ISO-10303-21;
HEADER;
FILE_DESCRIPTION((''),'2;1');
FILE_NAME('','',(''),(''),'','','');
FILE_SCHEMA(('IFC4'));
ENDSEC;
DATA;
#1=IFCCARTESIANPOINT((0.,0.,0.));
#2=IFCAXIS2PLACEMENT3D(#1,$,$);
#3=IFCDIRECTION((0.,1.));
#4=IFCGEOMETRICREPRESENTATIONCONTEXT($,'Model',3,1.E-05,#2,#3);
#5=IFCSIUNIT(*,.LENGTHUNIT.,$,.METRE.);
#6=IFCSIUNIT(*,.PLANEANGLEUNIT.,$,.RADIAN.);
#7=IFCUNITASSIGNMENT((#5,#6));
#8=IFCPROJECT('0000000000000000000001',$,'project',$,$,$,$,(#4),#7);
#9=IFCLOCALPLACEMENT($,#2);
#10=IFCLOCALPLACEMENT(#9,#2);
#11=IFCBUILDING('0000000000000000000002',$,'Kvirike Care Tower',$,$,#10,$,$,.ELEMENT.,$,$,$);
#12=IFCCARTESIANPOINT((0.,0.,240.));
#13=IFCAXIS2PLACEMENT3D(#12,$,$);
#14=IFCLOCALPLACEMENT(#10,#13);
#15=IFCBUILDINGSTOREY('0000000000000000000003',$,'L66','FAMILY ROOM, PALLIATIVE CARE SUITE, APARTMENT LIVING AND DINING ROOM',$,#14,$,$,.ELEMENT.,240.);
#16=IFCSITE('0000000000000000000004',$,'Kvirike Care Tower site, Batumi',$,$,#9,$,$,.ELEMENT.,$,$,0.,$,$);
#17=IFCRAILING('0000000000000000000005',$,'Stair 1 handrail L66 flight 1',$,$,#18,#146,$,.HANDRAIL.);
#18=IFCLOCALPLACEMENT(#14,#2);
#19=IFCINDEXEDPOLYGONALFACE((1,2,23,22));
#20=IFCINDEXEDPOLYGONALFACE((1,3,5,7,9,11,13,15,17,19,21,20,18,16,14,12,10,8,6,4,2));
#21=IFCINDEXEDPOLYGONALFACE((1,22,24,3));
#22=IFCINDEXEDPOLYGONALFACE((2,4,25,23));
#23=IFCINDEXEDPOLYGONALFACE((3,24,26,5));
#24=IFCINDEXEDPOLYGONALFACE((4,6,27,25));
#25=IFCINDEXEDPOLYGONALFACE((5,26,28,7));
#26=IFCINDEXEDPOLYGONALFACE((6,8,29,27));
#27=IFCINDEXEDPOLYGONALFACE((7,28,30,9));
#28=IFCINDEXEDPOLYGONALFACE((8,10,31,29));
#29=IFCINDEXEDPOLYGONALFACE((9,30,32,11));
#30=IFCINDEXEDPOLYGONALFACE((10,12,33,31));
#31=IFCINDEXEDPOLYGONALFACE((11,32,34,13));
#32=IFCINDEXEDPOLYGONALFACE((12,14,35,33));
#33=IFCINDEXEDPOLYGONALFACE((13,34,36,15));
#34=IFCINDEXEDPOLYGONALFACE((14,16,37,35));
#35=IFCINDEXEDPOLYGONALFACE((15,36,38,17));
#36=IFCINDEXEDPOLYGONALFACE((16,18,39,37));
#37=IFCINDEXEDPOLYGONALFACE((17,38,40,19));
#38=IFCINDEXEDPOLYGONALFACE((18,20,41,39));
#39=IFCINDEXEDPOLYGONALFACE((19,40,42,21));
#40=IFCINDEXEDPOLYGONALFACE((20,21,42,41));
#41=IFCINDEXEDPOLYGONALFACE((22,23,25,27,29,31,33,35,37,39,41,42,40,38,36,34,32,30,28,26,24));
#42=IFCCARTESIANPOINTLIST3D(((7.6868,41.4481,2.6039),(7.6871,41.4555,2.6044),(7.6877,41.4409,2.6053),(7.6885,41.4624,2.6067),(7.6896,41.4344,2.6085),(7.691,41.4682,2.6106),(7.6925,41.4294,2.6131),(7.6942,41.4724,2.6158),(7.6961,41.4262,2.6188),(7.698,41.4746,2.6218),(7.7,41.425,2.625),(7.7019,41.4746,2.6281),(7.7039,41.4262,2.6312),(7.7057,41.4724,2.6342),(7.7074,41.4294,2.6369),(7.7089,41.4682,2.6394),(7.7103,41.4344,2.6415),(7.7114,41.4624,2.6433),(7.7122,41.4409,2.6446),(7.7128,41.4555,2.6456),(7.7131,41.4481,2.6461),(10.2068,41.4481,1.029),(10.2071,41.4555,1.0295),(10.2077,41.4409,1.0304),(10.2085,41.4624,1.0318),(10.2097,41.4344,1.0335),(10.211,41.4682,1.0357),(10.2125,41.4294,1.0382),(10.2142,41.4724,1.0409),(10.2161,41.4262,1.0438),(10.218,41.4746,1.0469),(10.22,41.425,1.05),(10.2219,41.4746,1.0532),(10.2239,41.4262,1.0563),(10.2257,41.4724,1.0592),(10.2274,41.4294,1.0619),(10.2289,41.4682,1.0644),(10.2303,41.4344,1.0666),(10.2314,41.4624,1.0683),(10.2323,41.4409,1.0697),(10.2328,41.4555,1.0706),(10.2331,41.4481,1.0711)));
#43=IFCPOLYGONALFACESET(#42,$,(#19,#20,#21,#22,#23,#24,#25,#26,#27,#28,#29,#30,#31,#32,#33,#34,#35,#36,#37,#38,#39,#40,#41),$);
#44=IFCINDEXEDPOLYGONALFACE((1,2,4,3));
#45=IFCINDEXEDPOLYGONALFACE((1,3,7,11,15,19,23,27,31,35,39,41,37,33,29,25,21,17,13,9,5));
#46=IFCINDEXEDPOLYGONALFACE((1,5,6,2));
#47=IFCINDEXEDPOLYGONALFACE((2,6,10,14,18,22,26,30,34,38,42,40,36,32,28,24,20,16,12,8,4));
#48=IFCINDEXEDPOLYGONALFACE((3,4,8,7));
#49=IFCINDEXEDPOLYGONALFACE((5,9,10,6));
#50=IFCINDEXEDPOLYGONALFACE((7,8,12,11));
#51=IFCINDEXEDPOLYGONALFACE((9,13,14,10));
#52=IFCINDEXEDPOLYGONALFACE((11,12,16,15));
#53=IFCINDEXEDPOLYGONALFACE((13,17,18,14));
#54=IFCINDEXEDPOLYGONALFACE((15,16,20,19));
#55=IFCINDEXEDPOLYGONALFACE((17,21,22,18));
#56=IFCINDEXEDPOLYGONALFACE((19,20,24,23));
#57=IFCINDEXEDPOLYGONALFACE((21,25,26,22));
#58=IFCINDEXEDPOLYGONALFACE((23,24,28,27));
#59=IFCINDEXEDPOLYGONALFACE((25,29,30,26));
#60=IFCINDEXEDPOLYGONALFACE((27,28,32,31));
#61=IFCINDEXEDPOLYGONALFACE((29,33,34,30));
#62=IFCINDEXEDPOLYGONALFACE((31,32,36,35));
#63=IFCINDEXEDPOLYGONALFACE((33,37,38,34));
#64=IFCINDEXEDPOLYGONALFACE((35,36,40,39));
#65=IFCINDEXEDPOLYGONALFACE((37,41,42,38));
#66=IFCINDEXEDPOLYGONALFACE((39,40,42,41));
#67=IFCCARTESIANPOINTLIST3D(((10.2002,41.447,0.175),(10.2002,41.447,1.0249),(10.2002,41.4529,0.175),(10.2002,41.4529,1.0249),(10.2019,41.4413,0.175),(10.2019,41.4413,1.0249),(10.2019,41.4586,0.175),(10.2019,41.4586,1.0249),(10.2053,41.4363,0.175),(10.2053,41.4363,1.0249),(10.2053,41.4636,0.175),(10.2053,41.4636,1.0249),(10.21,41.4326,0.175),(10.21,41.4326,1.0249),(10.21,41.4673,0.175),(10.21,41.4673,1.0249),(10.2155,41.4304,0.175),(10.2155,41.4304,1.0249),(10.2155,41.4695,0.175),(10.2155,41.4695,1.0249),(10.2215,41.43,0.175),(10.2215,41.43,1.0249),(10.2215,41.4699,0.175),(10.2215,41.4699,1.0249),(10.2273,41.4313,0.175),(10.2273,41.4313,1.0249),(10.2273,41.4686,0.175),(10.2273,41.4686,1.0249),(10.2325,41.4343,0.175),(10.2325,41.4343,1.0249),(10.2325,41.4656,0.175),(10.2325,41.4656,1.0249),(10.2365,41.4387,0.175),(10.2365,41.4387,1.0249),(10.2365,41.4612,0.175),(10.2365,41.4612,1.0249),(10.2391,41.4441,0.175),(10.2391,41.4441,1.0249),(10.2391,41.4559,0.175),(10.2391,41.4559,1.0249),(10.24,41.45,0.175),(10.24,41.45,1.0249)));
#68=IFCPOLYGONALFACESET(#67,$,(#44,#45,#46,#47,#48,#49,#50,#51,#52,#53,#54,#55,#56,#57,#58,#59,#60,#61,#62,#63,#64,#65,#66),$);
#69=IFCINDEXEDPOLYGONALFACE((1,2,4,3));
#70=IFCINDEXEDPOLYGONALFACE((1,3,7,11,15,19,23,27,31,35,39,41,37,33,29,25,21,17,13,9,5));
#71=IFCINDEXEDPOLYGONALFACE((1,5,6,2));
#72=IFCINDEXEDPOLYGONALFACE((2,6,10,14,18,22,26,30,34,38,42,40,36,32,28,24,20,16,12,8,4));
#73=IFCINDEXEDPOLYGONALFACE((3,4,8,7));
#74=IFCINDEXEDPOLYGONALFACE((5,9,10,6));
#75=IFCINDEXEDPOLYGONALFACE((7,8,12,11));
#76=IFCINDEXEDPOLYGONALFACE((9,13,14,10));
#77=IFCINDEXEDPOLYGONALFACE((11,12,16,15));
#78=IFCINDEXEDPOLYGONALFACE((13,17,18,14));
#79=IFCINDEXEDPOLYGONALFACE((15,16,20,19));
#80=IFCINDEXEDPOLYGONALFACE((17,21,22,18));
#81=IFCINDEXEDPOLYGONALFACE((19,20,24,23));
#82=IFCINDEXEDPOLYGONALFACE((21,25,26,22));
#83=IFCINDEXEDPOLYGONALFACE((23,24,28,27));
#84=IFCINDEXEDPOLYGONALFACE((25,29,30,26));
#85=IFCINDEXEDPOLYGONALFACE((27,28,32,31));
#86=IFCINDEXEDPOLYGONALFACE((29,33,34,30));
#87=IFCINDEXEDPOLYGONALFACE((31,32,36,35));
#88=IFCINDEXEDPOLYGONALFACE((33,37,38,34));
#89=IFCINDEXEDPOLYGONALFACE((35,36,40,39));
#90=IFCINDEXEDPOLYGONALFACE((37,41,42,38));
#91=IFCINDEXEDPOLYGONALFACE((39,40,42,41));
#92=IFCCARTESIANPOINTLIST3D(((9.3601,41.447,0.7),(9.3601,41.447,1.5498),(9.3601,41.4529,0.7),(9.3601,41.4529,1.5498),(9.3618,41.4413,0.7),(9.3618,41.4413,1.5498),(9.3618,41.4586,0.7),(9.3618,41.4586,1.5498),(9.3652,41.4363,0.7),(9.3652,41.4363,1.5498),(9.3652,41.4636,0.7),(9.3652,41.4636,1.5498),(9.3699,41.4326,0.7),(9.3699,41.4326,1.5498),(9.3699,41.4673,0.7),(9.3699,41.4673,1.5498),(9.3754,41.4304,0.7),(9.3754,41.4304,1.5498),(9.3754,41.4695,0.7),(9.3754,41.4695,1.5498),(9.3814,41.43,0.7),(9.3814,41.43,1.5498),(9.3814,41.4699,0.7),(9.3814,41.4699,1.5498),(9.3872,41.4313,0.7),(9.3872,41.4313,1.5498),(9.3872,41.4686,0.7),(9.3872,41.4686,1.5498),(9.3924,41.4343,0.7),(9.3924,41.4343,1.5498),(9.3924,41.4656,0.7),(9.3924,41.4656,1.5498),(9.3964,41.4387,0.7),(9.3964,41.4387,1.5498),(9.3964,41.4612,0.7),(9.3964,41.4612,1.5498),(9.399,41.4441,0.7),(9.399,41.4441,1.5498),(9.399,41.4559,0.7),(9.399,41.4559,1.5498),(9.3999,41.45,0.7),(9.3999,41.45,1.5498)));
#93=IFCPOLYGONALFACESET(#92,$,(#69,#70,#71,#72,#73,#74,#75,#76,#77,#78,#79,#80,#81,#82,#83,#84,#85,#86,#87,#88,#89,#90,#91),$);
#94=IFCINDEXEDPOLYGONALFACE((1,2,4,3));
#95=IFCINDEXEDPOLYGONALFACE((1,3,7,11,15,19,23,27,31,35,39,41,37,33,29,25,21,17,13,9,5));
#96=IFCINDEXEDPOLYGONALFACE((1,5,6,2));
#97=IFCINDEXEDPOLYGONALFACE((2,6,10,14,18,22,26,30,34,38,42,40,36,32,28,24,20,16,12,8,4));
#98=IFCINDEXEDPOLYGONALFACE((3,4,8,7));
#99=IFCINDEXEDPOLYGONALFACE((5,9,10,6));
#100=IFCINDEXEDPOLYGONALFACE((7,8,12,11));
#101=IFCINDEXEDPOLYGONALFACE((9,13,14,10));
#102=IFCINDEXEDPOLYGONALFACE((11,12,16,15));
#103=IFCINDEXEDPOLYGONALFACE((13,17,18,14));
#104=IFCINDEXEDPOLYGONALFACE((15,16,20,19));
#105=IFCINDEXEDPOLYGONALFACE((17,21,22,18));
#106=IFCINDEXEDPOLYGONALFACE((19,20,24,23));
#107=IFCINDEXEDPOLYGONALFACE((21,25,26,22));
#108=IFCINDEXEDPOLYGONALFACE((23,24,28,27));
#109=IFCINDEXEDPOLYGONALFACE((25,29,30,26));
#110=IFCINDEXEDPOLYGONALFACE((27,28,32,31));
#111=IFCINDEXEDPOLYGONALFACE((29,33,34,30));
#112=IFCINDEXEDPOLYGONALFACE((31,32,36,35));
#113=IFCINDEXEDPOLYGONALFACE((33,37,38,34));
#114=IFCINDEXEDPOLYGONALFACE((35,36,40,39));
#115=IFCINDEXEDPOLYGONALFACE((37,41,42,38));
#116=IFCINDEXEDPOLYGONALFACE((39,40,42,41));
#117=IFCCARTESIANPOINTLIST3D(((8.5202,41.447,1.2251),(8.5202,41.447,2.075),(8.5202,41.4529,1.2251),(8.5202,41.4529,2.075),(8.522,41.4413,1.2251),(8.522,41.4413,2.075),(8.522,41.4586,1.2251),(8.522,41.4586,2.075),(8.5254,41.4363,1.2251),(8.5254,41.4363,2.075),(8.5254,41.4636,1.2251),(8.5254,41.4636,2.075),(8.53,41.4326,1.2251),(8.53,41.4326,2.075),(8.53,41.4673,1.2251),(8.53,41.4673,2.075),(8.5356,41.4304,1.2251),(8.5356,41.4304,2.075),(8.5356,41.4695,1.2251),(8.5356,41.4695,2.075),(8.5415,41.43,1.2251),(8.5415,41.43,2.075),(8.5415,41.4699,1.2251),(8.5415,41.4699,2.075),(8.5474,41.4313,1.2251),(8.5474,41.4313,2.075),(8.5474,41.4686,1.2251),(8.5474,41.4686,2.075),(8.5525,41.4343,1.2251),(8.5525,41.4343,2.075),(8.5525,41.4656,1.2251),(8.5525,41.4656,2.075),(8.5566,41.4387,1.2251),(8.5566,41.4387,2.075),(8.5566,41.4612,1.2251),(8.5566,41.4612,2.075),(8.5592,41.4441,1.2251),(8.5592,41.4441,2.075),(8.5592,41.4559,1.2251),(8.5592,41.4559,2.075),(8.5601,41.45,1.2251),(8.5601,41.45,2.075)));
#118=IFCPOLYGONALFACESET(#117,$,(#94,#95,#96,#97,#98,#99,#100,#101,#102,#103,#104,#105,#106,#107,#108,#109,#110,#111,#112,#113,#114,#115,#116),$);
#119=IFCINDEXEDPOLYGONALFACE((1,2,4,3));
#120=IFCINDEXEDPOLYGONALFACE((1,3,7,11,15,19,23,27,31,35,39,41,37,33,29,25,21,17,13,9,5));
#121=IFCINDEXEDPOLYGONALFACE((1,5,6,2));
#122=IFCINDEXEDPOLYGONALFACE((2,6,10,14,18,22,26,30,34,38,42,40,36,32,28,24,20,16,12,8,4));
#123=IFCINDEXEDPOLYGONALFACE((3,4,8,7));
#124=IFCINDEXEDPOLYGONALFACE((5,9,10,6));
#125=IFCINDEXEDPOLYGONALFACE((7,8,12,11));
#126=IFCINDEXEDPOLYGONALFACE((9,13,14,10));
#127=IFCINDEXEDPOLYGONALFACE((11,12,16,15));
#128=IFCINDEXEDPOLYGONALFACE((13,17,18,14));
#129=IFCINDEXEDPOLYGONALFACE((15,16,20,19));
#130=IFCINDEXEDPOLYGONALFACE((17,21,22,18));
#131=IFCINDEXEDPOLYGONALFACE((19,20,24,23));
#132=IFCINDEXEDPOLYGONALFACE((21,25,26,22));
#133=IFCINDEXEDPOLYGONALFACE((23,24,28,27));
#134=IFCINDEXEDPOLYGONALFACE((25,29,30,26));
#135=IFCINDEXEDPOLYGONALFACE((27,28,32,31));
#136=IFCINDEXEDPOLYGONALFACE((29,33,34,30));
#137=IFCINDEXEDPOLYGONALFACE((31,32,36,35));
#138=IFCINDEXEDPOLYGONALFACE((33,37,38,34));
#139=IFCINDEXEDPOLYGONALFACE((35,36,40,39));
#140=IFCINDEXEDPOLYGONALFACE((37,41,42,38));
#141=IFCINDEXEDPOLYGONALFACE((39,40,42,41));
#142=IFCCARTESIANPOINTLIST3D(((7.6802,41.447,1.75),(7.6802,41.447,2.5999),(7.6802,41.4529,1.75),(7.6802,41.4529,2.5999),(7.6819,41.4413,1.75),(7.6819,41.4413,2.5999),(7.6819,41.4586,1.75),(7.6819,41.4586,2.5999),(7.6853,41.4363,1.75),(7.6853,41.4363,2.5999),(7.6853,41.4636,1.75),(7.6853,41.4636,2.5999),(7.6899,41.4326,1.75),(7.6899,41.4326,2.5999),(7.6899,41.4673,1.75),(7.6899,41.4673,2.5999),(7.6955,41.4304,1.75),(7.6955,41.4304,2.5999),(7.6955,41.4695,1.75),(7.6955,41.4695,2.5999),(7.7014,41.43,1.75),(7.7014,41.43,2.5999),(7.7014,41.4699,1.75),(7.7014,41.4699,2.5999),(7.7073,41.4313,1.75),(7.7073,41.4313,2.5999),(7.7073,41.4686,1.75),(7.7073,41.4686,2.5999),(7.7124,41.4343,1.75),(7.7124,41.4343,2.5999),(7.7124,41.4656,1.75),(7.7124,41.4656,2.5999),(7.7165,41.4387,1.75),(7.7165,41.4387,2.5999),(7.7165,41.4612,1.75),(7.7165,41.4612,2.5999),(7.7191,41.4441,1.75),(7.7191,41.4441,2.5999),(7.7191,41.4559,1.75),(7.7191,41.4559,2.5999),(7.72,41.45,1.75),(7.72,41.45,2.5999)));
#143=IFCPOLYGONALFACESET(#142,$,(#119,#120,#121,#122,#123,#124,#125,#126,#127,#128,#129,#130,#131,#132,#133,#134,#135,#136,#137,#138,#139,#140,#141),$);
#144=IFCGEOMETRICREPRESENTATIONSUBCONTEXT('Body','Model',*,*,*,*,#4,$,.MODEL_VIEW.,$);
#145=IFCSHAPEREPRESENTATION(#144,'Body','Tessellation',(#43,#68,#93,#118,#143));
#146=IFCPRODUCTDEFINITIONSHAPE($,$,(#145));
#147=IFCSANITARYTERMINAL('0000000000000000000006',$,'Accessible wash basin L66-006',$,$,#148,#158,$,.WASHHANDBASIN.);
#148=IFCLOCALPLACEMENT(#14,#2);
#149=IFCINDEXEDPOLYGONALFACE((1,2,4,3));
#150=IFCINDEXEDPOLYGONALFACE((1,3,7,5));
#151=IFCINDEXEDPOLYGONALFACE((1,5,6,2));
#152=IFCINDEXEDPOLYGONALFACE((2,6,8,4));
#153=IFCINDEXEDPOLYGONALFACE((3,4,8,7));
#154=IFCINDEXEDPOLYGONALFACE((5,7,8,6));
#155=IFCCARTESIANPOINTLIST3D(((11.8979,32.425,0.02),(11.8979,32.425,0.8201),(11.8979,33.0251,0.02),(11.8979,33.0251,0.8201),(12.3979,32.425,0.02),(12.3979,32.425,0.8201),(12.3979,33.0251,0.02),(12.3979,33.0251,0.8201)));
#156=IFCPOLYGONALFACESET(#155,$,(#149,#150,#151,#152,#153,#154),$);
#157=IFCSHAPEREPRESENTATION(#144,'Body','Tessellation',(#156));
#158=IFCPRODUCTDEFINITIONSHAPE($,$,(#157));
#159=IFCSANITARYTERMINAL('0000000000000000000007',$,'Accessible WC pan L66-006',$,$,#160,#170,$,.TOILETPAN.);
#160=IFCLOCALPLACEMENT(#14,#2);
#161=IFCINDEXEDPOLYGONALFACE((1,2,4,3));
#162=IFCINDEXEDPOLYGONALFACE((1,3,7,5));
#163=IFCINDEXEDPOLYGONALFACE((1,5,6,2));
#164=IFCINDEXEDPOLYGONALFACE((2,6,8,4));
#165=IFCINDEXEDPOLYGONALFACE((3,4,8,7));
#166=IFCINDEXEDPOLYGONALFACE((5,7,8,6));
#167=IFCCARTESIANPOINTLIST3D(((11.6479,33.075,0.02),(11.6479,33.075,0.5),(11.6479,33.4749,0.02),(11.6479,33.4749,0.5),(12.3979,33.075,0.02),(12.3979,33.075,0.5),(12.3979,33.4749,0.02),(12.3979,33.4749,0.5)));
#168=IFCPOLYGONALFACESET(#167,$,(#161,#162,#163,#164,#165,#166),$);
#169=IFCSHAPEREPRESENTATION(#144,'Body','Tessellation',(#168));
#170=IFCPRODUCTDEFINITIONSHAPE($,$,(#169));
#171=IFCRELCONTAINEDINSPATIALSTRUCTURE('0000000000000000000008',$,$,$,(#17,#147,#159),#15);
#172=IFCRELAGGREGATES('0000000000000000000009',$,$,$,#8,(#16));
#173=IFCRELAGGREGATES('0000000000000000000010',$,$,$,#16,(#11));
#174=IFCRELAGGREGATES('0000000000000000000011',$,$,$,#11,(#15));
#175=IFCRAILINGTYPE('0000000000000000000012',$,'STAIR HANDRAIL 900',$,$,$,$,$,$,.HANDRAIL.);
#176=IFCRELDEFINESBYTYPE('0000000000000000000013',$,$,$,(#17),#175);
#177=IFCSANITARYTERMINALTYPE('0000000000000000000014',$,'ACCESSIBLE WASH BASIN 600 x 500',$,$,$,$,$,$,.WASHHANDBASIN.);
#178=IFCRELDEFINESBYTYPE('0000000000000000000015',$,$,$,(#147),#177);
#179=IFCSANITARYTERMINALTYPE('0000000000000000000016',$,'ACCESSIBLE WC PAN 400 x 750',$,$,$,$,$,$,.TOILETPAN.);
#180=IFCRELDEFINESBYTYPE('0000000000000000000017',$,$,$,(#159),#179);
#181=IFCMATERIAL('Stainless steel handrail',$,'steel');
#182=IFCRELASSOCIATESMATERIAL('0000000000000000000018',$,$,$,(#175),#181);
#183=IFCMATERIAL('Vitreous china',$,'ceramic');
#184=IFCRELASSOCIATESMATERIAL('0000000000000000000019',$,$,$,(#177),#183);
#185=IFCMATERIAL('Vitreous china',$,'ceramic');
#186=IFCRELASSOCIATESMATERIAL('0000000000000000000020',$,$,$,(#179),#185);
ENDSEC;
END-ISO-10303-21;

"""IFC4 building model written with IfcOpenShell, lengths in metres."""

from ifc_helpers import new_model, si_unit, direction, frame, origin, origin_2d, place, context, subcontext, project, spatial, rectangle, circle, extrude, material, type_object, element, save


model = new_model("IFC4")

# Units and contexts
model_context = context("Model", 3, precision=1e-05, world=origin(), true_north=direction((0.0, 1.0)))
body_context = subcontext(model_context, "Body", "Model", "MODEL_VIEW")
ifc_project = project(units=[si_unit("LENGTHUNIT", "METRE"), si_unit("PLANEANGLEUNIT", "RADIAN")], contexts=[model_context])

# Site, building, storey
site_placement = place(None, origin())
site = spatial("IfcSite", under=ifc_project, at=site_placement, Name="Kvirike Care Tower site, Batumi", CompositionType="ELEMENT", RefElevation=0.0)
building_placement = place(site_placement, origin())
building = spatial("IfcBuilding", under=site, at=building_placement, Name="Kvirike Care Tower", CompositionType="ELEMENT")
storey_placement = place(building_placement, frame((0.0, 0.0, 240.0)))
storey = spatial("IfcBuildingStorey", under=building, at=storey_placement, Name="L66", Description="FAMILY ROOM, PALLIATIVE CARE SUITE, APARTMENT LIVING AND DINING ROOM", CompositionType="ELEMENT", Elevation=240.0)

# Railing
ifc_material_1 = material(Name="Stainless steel handrail", Category="steel")
railing_type = type_object("IfcRailingType", Name="STAIR HANDRAIL 900", PredefinedType="HANDRAIL", material=ifc_material_1)
railing_placement = place(storey_placement, frame((10.22, 41.45, 0.175)))
element("IfcRailing", 1, at=railing_placement, inside=storey, type_object=railing_type, Name="Stair 1 handrail L66 flight 1", PredefinedType="HANDRAIL", context=body_context, shape_type="SweptSolid", body=[
    extrude(circle(Radius=0.0249, at=origin_2d()), frame((0.0, 0.0, 0.875), z_axis=(-0.848008, 0.0, 0.529984), x_axis=(0.0, -1.0, 0.0)), (0.0, 0.0, 1.0), 2.9717),
    extrude(circle(Radius=0.02, at=origin_2d()), origin(), (0.0, 0.0, 1.0), 0.8499),
    extrude(circle(Radius=0.02, at=origin_2d()), frame((-0.8401, 0.0, 0.5249)), (0.0, 0.0, 1.0), 0.8499),
    extrude(circle(Radius=0.02, at=origin_2d()), frame((-1.6799, 0.0, 1.05)), (0.0, 0.0, 1.0), 0.8499),
    extrude(circle(Radius=0.02, at=origin_2d()), frame((-2.52, 0.0, 1.575)), (0.0, 0.0, 1.0), 0.8499),
])

# Sanitary terminals
ifc_material_2 = material(Name="Vitreous china", Category="ceramic")
sanitary_terminal_type_1 = type_object("IfcSanitaryTerminalType", Name="ACCESSIBLE WASH BASIN 600 x 500", PredefinedType="WASHHANDBASIN", material=ifc_material_2)
sanitary_terminal_1_placement = place(storey_placement, frame((12.1479, 32.7251, 0.02), z_axis=(0.0, 0.0, 1.0), x_axis=(0.0, -1.0, 0.0)))
element("IfcSanitaryTerminal", 2, at=sanitary_terminal_1_placement, inside=storey, type_object=sanitary_terminal_type_1, Name="Accessible wash basin L66-006", PredefinedType="WASHHANDBASIN", context=body_context, shape_type="SweptSolid", body=[
    extrude(rectangle(XDim=0.6001, YDim=0.5, at=origin_2d()), origin(), (0.0, 0.0, 1.0), 0.8),
])
ifc_material_3 = material(Name="Vitreous china", Category="ceramic")
sanitary_terminal_type_2 = type_object("IfcSanitaryTerminalType", Name="ACCESSIBLE WC PAN 400 x 750", PredefinedType="TOILETPAN", material=ifc_material_3)
sanitary_terminal_2_placement = place(storey_placement, frame((12.0229, 33.2749, 0.02), z_axis=(0.0, 0.0, 1.0), x_axis=(0.0, -1.0, 0.0)))
element("IfcSanitaryTerminal", 3, at=sanitary_terminal_2_placement, inside=storey, type_object=sanitary_terminal_type_2, Name="Accessible WC pan L66-006", PredefinedType="TOILETPAN", context=body_context, shape_type="SweptSolid", body=[
    extrude(rectangle(XDim=0.3999, YDim=0.75, at=origin_2d()), origin(), (0.0, 0.0, 1.0), 0.48),
])

save(model, "model.ifc")
